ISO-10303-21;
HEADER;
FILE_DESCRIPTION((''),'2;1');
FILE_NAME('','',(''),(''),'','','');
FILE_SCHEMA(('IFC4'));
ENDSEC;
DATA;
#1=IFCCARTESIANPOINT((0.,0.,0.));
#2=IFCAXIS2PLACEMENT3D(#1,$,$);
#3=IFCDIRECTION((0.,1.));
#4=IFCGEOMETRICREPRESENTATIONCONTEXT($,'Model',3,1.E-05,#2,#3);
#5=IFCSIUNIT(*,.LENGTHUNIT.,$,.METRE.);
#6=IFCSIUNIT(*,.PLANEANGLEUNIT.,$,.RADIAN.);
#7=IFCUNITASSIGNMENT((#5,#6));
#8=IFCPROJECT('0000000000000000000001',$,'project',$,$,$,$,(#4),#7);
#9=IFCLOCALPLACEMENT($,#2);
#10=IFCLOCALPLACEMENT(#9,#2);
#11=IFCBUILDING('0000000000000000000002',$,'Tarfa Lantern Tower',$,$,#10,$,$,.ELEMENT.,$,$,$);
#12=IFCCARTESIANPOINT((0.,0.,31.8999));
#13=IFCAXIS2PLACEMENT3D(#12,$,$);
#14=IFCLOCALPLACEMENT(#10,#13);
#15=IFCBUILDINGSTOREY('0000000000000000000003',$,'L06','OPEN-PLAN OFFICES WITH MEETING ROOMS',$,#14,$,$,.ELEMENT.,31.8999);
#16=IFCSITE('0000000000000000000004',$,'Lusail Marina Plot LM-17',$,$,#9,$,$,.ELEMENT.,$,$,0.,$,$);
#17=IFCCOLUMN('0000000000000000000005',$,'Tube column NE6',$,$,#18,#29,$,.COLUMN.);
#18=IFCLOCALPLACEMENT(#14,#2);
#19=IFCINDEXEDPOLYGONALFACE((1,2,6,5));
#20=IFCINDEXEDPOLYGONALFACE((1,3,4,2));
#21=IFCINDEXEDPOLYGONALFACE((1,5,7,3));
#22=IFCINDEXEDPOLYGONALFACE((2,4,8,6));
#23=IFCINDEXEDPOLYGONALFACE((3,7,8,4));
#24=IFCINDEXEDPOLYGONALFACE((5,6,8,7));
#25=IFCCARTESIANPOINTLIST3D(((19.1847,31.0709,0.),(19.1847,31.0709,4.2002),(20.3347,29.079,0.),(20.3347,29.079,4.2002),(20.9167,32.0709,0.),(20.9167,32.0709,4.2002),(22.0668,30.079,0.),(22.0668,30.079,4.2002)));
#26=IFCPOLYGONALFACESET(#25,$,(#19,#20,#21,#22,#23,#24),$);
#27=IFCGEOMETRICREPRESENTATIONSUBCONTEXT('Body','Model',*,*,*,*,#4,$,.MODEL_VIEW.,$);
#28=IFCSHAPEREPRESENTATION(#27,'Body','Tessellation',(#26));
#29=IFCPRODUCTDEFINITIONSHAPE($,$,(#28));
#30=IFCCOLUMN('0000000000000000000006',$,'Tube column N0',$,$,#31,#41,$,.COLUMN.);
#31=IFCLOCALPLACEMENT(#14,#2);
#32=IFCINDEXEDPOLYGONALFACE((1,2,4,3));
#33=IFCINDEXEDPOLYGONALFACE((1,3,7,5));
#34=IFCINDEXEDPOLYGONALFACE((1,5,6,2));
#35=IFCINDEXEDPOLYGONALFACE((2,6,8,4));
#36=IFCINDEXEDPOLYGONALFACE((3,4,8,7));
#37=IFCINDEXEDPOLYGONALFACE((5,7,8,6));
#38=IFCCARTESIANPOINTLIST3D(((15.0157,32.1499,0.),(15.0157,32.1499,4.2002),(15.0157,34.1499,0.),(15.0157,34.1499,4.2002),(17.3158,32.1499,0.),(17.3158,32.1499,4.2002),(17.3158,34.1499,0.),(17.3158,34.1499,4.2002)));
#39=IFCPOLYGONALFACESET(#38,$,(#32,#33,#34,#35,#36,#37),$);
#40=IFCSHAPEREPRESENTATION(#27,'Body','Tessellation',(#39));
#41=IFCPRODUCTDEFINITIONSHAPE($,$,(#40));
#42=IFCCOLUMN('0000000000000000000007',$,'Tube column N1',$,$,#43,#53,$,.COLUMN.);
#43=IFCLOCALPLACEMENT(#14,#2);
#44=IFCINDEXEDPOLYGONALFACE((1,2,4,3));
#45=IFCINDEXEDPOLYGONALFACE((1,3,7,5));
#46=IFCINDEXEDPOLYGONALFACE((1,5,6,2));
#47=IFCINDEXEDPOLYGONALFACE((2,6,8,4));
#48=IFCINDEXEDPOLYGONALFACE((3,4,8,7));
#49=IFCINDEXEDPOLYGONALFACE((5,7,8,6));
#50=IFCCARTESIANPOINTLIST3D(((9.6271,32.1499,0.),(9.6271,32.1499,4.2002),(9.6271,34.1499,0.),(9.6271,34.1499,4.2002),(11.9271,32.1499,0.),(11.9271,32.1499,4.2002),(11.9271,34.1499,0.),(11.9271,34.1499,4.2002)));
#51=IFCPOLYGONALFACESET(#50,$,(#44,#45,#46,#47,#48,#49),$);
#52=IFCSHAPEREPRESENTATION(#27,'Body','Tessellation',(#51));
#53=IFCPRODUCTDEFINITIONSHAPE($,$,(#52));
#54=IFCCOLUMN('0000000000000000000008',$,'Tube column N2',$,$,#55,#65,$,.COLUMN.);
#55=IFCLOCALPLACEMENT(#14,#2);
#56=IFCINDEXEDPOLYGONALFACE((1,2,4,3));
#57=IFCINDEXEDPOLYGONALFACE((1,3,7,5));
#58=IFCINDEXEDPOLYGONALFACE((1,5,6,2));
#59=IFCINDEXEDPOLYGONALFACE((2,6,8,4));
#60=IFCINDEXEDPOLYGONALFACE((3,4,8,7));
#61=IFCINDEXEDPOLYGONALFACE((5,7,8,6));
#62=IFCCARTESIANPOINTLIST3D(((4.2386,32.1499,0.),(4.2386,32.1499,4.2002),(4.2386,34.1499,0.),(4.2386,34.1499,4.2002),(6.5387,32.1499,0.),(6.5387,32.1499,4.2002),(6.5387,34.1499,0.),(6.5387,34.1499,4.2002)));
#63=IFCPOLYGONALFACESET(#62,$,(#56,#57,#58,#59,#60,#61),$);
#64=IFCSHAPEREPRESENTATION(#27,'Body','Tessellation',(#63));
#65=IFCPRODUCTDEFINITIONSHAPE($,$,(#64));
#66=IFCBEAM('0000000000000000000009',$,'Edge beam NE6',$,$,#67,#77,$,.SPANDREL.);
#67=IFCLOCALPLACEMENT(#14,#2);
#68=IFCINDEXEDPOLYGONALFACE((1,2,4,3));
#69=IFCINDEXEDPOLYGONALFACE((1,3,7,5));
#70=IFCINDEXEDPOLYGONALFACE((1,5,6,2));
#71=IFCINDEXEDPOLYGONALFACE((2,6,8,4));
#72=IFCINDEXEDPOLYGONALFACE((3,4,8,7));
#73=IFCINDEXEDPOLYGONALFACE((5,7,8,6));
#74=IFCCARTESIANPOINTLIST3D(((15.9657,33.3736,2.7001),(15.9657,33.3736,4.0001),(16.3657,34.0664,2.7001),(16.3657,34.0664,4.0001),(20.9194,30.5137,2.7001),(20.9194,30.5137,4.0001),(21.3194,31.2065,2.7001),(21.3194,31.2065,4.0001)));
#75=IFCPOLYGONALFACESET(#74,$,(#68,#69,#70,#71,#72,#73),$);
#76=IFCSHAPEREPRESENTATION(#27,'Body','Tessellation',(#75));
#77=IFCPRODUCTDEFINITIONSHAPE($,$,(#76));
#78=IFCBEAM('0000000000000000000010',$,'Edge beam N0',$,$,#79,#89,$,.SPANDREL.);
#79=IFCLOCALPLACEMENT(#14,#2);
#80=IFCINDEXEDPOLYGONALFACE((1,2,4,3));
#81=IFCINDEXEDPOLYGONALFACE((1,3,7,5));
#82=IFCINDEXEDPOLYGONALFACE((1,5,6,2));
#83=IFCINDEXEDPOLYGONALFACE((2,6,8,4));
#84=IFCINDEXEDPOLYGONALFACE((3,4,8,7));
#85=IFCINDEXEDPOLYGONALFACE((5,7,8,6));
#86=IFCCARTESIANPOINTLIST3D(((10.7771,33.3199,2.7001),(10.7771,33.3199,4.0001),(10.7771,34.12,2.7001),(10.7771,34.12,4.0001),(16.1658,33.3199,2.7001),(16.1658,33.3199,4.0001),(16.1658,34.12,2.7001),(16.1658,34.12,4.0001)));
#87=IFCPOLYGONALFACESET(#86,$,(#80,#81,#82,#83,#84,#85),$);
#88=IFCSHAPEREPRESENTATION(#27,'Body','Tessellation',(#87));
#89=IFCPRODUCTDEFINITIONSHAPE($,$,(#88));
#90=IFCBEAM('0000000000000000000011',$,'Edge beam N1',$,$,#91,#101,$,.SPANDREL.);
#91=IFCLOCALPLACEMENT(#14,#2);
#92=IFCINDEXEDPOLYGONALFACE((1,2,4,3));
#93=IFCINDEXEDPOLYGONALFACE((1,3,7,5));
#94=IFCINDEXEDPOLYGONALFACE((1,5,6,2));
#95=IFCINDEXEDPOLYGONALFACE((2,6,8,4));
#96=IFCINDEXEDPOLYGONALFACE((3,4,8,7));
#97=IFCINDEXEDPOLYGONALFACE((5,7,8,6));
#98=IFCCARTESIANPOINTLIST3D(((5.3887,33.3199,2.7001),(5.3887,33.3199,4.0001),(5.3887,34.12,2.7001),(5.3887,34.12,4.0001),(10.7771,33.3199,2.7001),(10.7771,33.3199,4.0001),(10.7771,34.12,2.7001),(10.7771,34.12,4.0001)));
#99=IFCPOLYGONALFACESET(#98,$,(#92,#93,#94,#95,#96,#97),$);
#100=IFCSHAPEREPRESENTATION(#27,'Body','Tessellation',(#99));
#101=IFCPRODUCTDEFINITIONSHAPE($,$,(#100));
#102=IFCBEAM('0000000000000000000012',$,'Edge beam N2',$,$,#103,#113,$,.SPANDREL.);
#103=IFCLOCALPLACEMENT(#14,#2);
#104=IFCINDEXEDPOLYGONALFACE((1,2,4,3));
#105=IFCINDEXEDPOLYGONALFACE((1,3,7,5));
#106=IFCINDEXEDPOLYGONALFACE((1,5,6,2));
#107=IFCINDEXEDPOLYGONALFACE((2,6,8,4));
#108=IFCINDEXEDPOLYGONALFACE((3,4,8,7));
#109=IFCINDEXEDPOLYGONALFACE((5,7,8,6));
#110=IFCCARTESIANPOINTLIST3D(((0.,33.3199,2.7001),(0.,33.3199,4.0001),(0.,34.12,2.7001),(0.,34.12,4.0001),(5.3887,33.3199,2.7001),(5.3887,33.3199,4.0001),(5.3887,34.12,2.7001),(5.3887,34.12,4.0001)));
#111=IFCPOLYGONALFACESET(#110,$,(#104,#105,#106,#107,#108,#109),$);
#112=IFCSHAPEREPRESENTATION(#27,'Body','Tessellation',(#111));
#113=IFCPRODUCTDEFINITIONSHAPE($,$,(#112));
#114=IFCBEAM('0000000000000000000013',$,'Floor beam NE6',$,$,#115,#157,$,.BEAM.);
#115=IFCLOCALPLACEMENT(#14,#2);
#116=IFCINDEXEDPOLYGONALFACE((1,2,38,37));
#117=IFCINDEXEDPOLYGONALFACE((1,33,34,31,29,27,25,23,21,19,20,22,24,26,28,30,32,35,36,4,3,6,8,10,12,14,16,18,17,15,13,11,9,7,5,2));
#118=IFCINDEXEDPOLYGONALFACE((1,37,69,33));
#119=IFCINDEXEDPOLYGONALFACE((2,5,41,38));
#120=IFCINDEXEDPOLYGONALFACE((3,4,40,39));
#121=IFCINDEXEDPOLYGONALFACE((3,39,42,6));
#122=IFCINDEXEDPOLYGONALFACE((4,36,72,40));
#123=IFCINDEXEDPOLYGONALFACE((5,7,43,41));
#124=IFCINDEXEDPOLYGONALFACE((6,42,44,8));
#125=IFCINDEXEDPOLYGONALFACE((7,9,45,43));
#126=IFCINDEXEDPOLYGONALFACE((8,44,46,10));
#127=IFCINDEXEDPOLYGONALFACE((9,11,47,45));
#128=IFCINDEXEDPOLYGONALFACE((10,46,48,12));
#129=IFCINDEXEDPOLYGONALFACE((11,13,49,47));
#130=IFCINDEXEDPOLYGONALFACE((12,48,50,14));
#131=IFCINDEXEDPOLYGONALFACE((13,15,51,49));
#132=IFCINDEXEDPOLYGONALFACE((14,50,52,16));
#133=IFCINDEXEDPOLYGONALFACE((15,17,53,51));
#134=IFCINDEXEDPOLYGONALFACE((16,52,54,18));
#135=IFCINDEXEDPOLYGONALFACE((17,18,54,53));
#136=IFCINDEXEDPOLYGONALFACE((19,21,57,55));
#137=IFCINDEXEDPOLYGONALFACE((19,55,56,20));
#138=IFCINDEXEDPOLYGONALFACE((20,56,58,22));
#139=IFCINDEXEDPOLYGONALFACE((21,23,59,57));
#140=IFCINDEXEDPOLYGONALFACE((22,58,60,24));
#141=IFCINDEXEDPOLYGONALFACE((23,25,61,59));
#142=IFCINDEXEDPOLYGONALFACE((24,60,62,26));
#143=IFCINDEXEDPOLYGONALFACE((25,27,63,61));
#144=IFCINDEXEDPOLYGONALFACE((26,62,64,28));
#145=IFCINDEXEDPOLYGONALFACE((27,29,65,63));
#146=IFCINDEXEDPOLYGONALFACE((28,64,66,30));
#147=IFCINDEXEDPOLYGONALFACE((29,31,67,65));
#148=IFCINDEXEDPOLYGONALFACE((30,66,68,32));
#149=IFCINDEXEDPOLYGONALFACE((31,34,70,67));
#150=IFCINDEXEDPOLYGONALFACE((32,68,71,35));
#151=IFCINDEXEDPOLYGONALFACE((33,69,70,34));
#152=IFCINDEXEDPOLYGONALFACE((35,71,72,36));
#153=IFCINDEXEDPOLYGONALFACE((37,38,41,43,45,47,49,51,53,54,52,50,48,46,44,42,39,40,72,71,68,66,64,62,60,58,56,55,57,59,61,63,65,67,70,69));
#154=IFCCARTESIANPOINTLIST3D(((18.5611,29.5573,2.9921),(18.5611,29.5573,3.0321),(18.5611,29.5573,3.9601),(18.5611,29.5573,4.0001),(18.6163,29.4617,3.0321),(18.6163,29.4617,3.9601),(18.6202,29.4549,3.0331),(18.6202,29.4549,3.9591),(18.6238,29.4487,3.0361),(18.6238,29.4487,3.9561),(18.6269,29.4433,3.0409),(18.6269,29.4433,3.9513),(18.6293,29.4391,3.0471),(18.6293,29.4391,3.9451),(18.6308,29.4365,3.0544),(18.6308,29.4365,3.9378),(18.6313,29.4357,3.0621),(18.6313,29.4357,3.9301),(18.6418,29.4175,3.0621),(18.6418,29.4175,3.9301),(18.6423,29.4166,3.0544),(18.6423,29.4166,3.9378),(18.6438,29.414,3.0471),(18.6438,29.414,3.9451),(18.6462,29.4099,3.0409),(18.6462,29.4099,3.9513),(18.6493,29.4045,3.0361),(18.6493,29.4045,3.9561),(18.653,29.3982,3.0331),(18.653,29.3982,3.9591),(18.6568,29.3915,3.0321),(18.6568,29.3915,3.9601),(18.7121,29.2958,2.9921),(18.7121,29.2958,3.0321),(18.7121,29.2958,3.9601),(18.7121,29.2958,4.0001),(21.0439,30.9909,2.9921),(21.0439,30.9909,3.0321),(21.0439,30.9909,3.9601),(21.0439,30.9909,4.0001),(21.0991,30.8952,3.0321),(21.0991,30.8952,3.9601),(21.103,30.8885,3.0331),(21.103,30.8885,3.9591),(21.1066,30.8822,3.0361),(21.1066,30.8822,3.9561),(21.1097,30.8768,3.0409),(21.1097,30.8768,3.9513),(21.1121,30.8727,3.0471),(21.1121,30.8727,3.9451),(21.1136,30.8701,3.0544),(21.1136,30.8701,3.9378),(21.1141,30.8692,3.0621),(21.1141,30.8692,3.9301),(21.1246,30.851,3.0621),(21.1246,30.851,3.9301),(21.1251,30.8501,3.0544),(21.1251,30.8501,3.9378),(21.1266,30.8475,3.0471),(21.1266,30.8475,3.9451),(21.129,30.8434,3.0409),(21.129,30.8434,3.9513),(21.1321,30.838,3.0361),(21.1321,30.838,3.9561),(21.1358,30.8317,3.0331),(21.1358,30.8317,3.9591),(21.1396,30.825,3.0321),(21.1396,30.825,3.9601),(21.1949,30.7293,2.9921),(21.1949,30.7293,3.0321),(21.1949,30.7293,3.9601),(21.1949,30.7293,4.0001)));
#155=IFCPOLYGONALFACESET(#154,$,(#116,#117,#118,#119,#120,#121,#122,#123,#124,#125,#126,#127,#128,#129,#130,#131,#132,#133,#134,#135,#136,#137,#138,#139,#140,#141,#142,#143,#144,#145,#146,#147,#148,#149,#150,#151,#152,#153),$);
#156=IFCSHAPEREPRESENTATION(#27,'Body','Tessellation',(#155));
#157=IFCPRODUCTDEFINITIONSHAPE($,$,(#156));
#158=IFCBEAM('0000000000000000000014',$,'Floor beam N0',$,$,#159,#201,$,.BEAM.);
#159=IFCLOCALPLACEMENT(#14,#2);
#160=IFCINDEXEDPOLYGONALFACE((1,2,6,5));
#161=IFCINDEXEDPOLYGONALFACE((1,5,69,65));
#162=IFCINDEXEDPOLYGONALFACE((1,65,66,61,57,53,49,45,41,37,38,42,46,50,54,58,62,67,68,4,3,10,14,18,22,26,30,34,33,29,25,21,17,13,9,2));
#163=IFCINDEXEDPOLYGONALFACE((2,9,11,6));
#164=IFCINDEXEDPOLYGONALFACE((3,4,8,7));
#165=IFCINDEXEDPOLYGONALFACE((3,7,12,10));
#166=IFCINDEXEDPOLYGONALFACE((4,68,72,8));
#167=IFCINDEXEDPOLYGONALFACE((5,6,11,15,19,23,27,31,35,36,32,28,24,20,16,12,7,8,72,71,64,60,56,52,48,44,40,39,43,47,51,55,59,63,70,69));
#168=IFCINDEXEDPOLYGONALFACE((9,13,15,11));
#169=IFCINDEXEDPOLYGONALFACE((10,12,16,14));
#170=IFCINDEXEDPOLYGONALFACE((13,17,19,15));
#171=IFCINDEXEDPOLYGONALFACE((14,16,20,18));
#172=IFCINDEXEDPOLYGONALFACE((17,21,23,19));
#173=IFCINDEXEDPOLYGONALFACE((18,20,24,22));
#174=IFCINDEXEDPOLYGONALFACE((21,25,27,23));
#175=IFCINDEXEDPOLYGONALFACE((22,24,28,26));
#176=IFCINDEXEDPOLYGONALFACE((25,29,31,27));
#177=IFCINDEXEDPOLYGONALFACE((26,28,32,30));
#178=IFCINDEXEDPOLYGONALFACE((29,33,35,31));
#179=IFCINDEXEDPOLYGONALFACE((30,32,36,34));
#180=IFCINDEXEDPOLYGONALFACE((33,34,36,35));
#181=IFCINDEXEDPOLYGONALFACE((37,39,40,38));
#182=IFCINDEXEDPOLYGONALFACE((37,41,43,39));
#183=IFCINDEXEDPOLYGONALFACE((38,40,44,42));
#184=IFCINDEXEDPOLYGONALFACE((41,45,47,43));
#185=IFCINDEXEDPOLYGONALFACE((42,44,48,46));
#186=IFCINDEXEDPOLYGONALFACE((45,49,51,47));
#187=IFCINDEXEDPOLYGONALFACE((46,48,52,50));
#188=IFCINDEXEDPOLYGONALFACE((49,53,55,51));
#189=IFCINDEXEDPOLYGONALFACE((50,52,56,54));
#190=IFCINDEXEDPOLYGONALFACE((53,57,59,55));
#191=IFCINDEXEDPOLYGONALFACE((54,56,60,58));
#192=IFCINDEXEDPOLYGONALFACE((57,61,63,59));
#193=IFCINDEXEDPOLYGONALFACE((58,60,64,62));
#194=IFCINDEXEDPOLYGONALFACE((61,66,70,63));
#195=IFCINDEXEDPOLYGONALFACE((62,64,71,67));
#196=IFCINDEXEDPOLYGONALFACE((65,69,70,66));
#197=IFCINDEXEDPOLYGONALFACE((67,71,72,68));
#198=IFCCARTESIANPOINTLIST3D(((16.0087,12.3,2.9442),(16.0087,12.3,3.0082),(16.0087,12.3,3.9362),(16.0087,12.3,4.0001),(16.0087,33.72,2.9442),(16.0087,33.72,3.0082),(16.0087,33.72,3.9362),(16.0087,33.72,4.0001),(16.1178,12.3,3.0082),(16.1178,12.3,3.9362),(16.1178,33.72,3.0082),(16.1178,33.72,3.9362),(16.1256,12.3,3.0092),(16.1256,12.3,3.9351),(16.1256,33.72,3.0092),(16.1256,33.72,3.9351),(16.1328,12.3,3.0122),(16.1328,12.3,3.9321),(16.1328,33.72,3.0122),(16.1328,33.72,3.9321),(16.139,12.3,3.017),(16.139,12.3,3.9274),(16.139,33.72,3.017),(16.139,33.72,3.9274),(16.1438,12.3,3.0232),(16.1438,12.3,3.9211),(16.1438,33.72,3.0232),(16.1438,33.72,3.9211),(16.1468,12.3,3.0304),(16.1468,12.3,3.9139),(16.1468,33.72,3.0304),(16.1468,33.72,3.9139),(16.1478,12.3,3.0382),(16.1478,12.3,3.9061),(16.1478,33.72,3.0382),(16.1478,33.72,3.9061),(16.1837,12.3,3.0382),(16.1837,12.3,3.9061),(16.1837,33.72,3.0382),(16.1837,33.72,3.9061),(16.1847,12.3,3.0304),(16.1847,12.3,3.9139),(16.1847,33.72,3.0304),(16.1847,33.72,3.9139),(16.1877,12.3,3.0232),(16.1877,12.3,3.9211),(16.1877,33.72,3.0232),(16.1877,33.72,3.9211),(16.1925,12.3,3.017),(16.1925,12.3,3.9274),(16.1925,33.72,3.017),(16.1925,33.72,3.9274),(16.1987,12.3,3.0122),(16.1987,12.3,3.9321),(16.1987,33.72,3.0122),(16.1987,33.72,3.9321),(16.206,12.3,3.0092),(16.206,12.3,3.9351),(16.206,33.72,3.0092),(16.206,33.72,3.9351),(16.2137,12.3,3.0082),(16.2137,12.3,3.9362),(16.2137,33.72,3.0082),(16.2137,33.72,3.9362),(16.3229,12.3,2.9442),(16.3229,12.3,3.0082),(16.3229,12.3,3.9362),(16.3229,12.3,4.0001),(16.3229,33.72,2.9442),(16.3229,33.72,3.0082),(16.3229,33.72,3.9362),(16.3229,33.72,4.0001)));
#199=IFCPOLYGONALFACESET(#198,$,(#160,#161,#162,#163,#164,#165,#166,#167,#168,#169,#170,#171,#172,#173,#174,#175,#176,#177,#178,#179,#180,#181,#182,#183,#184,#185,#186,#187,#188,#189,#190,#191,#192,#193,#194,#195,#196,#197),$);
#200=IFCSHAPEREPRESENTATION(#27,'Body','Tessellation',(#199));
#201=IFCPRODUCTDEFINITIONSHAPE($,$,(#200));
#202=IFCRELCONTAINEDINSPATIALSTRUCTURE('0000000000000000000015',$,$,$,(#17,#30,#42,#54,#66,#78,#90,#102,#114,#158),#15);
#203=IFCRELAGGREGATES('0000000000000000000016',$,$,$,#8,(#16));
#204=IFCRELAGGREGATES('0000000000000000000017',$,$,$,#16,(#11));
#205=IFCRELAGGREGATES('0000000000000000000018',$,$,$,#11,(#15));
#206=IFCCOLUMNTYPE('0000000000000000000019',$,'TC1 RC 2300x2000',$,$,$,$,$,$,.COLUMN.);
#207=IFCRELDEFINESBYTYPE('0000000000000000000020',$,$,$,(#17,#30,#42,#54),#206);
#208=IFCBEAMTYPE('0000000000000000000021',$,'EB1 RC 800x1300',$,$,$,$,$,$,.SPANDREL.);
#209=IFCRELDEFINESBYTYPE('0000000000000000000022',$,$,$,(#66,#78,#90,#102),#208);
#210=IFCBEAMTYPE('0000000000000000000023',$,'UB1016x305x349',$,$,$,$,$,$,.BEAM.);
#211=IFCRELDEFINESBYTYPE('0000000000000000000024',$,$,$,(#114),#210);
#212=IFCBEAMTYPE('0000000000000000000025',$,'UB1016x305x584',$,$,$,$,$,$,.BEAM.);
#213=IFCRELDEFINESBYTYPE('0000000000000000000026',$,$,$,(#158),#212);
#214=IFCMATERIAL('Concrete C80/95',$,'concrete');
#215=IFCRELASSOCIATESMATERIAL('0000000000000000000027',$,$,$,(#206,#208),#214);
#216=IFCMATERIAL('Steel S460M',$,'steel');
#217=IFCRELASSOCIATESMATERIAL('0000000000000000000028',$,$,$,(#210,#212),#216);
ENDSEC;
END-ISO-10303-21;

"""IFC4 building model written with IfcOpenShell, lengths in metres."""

from ifc_helpers import new_model, si_unit, direction, frame, origin, origin_2d, place, context, subcontext, project, spatial, rectangle, i_section, extrude, material, material_profile, profile_set, type_object, element, save


model = new_model("IFC4")

# Units and contexts
model_context = context("Model", 3, precision=1e-05, world=origin(), true_north=direction((0.0, 1.0)))
body_context = subcontext(model_context, "Body", "Model", "MODEL_VIEW")
ifc_project = project(units=[si_unit("LENGTHUNIT", "METRE"), si_unit("PLANEANGLEUNIT", "RADIAN")], contexts=[model_context])

# Site, building, storey
site_placement = place(None, origin())
site = spatial("IfcSite", under=ifc_project, at=site_placement, Name="Lusail Marina Plot LM-17", CompositionType="ELEMENT", RefElevation=0.0)
building_placement = place(site_placement, origin())
building = spatial("IfcBuilding", under=site, at=building_placement, Name="Tarfa Lantern Tower", CompositionType="ELEMENT")
storey_placement = place(building_placement, frame((0.0, 0.0, 31.8999)))
storey = spatial("IfcBuildingStorey", under=building, at=storey_placement, Name="L06", Description="OPEN-PLAN OFFICES WITH MEETING ROOMS", CompositionType="ELEMENT", Elevation=31.8999)

# Columns
ifc_material_1 = material(Name="Concrete C80/95", Category="concrete")
ifc_material_profile_1 = material_profile(ifc_material_1, rectangle(XDim=2.3, YDim=2.0, at=origin_2d()), Name="RC 2300x2000")
ifc_profile_set_1 = profile_set([ifc_material_profile_1], Name="Concrete C80/95")
column_type = type_object("IfcColumnType", Name="TC1 RC 2300x2000", PredefinedType="COLUMN", material=ifc_profile_set_1)
for number, where, z_axis, x_axis, name in (
    (1, (20.6257, 30.575, 0.0), (0.0, 0.0, 1.0), (-0.5, 0.866025, 0.0), "Tube column NE6"),
    (2, (16.1658, 33.1499, 0.0), (0.0, 0.0, 1.0), (-1.0, 0.0, 0.0), "Tube column N0"),
    (3, (10.7771, 33.1499, 0.0), (0.0, 0.0, 1.0), (-1.0, 0.0, 0.0), "Tube column N1"),
    (4, (5.3887, 33.1499, 0.0), (0.0, 0.0, 1.0), (-1.0, 0.0, 0.0), "Tube column N2"),
):
    element("IfcColumn", number, at=place(storey_placement, frame(where, z_axis=z_axis, x_axis=x_axis)), inside=storey, type_object=column_type, Name=name, PredefinedType="COLUMN", context=body_context, shape_type="SweptSolid", body=[
        extrude(rectangle(XDim=2.3, YDim=2.0, at=origin_2d()), origin(), (0.0, 0.0, 1.0), 4.2002),
    ])

# Beams
ifc_material_profile_2 = material_profile(ifc_material_1, rectangle(XDim=0.8, YDim=1.3, at=origin_2d()), Name="RC 800x1300")
ifc_profile_set_2 = profile_set([ifc_material_profile_2], Name="Concrete C80/95")
beam_type_1 = type_object("IfcBeamType", Name="EB1 RC 800x1300", PredefinedType="SPANDREL", material=ifc_profile_set_2)
beam_1_placement = place(storey_placement, frame((21.1194, 30.8601, 3.3501), z_axis=(-0.866033, 0.499986, 0.0), x_axis=(-0.499986, -0.866033, 0.0)))
element("IfcBeam", 5, at=beam_1_placement, inside=storey, type_object=beam_type_1, Name="Edge beam NE6", PredefinedType="SPANDREL", context=body_context, shape_type="SweptSolid", body=[
    extrude(rectangle(XDim=0.8, YDim=1.3, at=origin_2d()), origin(), (0.0, 0.0, 1.0), 5.72),
])
beam_2_placement = place(storey_placement, frame((16.1658, 33.72, 3.3501), z_axis=(-1.0, 0.0, 0.0), x_axis=(0.0, -1.0, 0.0)))
element("IfcBeam", 6, at=beam_2_placement, inside=storey, type_object=beam_type_1, Name="Edge beam N0", PredefinedType="SPANDREL", context=body_context, shape_type="SweptSolid", body=[
    extrude(rectangle(XDim=0.8, YDim=1.3, at=origin_2d()), origin(), (0.0, 0.0, 1.0), 5.3887),
])
beam_3_placement = place(storey_placement, frame((10.7771, 33.72, 3.3501), z_axis=(-1.0, 0.0, 0.0), x_axis=(0.0, -1.0, 0.0)))
element("IfcBeam", 7, at=beam_3_placement, inside=storey, type_object=beam_type_1, Name="Edge beam N1", PredefinedType="SPANDREL", context=body_context, shape_type="SweptSolid", body=[
    extrude(rectangle(XDim=0.8, YDim=1.3, at=origin_2d()), origin(), (0.0, 0.0, 1.0), 5.3884),
])
beam_4_placement = place(storey_placement, frame((5.3887, 33.72, 3.3501), z_axis=(-1.0, 0.0, 0.0), x_axis=(0.0, -1.0, 0.0)))
element("IfcBeam", 8, at=beam_4_placement, inside=storey, type_object=beam_type_1, Name="Edge beam N2", PredefinedType="SPANDREL", context=body_context, shape_type="SweptSolid", body=[
    extrude(rectangle(XDim=0.8, YDim=1.3, at=origin_2d()), origin(), (0.0, 0.0, 1.0), 5.3887),
])
ifc_material_2 = material(Name="Steel S460M", Category="steel")
ifc_material_profile_3 = material_profile(ifc_material_2, i_section(OverallWidth=0.302, OverallDepth=1.0081, WebThickness=0.021, FlangeThickness=0.04, FilletRadius=0.03, at=origin_2d()), Name="UB1016x305x349")
ifc_profile_set_3 = profile_set([ifc_material_profile_3], Name="Steel S460M")
beam_type_2 = type_object("IfcBeamType", Name="UB1016x305x349", PredefinedType="BEAM", material=ifc_profile_set_3)
beam_5_placement = place(storey_placement, frame((21.1194, 30.8601, 3.4961), z_axis=(-0.866013, -0.500022, 0.0), x_axis=(0.500022, -0.866013, 0.0)))
element("IfcBeam", 9, at=beam_5_placement, inside=storey, type_object=beam_type_2, Name="Floor beam NE6", PredefinedType="BEAM", context=body_context, shape_type="SweptSolid", body=[
    extrude(i_section(OverallWidth=0.302, OverallDepth=1.0081, WebThickness=0.021, FlangeThickness=0.04, FilletRadius=0.03, at=origin_2d()), origin(), (0.0, 0.0, 1.0), 2.8669),
])
ifc_material_profile_4 = material_profile(ifc_material_2, i_section(OverallWidth=0.3142, OverallDepth=1.0559, WebThickness=0.0359, FlangeThickness=0.064, FilletRadius=0.03, at=origin_2d()), Name="UB1016x305x584")
ifc_profile_set_4 = profile_set([ifc_material_profile_4], Name="Steel S460M")
beam_type_3 = type_object("IfcBeamType", Name="UB1016x305x584", PredefinedType="BEAM", material=ifc_profile_set_4)
for number, where, z_axis, x_axis, name in (
    (10, (16.1658, 33.72, 3.4722), (0.0, -1.0, 0.0), (1.0, 0.0, 0.0), "Floor beam N0"),
):
    element("IfcBeam", number, at=place(storey_placement, frame(where, z_axis=z_axis, x_axis=x_axis)), inside=storey, type_object=beam_type_3, Name=name, PredefinedType="BEAM", context=body_context, shape_type="SweptSolid", body=[
        extrude(i_section(OverallWidth=0.3142, OverallDepth=1.0559, WebThickness=0.0359, FlangeThickness=0.064, FilletRadius=0.03, at=origin_2d()), origin(), (0.0, 0.0, 1.0), 21.4199),
    ])

save(model, "model.ifc")
